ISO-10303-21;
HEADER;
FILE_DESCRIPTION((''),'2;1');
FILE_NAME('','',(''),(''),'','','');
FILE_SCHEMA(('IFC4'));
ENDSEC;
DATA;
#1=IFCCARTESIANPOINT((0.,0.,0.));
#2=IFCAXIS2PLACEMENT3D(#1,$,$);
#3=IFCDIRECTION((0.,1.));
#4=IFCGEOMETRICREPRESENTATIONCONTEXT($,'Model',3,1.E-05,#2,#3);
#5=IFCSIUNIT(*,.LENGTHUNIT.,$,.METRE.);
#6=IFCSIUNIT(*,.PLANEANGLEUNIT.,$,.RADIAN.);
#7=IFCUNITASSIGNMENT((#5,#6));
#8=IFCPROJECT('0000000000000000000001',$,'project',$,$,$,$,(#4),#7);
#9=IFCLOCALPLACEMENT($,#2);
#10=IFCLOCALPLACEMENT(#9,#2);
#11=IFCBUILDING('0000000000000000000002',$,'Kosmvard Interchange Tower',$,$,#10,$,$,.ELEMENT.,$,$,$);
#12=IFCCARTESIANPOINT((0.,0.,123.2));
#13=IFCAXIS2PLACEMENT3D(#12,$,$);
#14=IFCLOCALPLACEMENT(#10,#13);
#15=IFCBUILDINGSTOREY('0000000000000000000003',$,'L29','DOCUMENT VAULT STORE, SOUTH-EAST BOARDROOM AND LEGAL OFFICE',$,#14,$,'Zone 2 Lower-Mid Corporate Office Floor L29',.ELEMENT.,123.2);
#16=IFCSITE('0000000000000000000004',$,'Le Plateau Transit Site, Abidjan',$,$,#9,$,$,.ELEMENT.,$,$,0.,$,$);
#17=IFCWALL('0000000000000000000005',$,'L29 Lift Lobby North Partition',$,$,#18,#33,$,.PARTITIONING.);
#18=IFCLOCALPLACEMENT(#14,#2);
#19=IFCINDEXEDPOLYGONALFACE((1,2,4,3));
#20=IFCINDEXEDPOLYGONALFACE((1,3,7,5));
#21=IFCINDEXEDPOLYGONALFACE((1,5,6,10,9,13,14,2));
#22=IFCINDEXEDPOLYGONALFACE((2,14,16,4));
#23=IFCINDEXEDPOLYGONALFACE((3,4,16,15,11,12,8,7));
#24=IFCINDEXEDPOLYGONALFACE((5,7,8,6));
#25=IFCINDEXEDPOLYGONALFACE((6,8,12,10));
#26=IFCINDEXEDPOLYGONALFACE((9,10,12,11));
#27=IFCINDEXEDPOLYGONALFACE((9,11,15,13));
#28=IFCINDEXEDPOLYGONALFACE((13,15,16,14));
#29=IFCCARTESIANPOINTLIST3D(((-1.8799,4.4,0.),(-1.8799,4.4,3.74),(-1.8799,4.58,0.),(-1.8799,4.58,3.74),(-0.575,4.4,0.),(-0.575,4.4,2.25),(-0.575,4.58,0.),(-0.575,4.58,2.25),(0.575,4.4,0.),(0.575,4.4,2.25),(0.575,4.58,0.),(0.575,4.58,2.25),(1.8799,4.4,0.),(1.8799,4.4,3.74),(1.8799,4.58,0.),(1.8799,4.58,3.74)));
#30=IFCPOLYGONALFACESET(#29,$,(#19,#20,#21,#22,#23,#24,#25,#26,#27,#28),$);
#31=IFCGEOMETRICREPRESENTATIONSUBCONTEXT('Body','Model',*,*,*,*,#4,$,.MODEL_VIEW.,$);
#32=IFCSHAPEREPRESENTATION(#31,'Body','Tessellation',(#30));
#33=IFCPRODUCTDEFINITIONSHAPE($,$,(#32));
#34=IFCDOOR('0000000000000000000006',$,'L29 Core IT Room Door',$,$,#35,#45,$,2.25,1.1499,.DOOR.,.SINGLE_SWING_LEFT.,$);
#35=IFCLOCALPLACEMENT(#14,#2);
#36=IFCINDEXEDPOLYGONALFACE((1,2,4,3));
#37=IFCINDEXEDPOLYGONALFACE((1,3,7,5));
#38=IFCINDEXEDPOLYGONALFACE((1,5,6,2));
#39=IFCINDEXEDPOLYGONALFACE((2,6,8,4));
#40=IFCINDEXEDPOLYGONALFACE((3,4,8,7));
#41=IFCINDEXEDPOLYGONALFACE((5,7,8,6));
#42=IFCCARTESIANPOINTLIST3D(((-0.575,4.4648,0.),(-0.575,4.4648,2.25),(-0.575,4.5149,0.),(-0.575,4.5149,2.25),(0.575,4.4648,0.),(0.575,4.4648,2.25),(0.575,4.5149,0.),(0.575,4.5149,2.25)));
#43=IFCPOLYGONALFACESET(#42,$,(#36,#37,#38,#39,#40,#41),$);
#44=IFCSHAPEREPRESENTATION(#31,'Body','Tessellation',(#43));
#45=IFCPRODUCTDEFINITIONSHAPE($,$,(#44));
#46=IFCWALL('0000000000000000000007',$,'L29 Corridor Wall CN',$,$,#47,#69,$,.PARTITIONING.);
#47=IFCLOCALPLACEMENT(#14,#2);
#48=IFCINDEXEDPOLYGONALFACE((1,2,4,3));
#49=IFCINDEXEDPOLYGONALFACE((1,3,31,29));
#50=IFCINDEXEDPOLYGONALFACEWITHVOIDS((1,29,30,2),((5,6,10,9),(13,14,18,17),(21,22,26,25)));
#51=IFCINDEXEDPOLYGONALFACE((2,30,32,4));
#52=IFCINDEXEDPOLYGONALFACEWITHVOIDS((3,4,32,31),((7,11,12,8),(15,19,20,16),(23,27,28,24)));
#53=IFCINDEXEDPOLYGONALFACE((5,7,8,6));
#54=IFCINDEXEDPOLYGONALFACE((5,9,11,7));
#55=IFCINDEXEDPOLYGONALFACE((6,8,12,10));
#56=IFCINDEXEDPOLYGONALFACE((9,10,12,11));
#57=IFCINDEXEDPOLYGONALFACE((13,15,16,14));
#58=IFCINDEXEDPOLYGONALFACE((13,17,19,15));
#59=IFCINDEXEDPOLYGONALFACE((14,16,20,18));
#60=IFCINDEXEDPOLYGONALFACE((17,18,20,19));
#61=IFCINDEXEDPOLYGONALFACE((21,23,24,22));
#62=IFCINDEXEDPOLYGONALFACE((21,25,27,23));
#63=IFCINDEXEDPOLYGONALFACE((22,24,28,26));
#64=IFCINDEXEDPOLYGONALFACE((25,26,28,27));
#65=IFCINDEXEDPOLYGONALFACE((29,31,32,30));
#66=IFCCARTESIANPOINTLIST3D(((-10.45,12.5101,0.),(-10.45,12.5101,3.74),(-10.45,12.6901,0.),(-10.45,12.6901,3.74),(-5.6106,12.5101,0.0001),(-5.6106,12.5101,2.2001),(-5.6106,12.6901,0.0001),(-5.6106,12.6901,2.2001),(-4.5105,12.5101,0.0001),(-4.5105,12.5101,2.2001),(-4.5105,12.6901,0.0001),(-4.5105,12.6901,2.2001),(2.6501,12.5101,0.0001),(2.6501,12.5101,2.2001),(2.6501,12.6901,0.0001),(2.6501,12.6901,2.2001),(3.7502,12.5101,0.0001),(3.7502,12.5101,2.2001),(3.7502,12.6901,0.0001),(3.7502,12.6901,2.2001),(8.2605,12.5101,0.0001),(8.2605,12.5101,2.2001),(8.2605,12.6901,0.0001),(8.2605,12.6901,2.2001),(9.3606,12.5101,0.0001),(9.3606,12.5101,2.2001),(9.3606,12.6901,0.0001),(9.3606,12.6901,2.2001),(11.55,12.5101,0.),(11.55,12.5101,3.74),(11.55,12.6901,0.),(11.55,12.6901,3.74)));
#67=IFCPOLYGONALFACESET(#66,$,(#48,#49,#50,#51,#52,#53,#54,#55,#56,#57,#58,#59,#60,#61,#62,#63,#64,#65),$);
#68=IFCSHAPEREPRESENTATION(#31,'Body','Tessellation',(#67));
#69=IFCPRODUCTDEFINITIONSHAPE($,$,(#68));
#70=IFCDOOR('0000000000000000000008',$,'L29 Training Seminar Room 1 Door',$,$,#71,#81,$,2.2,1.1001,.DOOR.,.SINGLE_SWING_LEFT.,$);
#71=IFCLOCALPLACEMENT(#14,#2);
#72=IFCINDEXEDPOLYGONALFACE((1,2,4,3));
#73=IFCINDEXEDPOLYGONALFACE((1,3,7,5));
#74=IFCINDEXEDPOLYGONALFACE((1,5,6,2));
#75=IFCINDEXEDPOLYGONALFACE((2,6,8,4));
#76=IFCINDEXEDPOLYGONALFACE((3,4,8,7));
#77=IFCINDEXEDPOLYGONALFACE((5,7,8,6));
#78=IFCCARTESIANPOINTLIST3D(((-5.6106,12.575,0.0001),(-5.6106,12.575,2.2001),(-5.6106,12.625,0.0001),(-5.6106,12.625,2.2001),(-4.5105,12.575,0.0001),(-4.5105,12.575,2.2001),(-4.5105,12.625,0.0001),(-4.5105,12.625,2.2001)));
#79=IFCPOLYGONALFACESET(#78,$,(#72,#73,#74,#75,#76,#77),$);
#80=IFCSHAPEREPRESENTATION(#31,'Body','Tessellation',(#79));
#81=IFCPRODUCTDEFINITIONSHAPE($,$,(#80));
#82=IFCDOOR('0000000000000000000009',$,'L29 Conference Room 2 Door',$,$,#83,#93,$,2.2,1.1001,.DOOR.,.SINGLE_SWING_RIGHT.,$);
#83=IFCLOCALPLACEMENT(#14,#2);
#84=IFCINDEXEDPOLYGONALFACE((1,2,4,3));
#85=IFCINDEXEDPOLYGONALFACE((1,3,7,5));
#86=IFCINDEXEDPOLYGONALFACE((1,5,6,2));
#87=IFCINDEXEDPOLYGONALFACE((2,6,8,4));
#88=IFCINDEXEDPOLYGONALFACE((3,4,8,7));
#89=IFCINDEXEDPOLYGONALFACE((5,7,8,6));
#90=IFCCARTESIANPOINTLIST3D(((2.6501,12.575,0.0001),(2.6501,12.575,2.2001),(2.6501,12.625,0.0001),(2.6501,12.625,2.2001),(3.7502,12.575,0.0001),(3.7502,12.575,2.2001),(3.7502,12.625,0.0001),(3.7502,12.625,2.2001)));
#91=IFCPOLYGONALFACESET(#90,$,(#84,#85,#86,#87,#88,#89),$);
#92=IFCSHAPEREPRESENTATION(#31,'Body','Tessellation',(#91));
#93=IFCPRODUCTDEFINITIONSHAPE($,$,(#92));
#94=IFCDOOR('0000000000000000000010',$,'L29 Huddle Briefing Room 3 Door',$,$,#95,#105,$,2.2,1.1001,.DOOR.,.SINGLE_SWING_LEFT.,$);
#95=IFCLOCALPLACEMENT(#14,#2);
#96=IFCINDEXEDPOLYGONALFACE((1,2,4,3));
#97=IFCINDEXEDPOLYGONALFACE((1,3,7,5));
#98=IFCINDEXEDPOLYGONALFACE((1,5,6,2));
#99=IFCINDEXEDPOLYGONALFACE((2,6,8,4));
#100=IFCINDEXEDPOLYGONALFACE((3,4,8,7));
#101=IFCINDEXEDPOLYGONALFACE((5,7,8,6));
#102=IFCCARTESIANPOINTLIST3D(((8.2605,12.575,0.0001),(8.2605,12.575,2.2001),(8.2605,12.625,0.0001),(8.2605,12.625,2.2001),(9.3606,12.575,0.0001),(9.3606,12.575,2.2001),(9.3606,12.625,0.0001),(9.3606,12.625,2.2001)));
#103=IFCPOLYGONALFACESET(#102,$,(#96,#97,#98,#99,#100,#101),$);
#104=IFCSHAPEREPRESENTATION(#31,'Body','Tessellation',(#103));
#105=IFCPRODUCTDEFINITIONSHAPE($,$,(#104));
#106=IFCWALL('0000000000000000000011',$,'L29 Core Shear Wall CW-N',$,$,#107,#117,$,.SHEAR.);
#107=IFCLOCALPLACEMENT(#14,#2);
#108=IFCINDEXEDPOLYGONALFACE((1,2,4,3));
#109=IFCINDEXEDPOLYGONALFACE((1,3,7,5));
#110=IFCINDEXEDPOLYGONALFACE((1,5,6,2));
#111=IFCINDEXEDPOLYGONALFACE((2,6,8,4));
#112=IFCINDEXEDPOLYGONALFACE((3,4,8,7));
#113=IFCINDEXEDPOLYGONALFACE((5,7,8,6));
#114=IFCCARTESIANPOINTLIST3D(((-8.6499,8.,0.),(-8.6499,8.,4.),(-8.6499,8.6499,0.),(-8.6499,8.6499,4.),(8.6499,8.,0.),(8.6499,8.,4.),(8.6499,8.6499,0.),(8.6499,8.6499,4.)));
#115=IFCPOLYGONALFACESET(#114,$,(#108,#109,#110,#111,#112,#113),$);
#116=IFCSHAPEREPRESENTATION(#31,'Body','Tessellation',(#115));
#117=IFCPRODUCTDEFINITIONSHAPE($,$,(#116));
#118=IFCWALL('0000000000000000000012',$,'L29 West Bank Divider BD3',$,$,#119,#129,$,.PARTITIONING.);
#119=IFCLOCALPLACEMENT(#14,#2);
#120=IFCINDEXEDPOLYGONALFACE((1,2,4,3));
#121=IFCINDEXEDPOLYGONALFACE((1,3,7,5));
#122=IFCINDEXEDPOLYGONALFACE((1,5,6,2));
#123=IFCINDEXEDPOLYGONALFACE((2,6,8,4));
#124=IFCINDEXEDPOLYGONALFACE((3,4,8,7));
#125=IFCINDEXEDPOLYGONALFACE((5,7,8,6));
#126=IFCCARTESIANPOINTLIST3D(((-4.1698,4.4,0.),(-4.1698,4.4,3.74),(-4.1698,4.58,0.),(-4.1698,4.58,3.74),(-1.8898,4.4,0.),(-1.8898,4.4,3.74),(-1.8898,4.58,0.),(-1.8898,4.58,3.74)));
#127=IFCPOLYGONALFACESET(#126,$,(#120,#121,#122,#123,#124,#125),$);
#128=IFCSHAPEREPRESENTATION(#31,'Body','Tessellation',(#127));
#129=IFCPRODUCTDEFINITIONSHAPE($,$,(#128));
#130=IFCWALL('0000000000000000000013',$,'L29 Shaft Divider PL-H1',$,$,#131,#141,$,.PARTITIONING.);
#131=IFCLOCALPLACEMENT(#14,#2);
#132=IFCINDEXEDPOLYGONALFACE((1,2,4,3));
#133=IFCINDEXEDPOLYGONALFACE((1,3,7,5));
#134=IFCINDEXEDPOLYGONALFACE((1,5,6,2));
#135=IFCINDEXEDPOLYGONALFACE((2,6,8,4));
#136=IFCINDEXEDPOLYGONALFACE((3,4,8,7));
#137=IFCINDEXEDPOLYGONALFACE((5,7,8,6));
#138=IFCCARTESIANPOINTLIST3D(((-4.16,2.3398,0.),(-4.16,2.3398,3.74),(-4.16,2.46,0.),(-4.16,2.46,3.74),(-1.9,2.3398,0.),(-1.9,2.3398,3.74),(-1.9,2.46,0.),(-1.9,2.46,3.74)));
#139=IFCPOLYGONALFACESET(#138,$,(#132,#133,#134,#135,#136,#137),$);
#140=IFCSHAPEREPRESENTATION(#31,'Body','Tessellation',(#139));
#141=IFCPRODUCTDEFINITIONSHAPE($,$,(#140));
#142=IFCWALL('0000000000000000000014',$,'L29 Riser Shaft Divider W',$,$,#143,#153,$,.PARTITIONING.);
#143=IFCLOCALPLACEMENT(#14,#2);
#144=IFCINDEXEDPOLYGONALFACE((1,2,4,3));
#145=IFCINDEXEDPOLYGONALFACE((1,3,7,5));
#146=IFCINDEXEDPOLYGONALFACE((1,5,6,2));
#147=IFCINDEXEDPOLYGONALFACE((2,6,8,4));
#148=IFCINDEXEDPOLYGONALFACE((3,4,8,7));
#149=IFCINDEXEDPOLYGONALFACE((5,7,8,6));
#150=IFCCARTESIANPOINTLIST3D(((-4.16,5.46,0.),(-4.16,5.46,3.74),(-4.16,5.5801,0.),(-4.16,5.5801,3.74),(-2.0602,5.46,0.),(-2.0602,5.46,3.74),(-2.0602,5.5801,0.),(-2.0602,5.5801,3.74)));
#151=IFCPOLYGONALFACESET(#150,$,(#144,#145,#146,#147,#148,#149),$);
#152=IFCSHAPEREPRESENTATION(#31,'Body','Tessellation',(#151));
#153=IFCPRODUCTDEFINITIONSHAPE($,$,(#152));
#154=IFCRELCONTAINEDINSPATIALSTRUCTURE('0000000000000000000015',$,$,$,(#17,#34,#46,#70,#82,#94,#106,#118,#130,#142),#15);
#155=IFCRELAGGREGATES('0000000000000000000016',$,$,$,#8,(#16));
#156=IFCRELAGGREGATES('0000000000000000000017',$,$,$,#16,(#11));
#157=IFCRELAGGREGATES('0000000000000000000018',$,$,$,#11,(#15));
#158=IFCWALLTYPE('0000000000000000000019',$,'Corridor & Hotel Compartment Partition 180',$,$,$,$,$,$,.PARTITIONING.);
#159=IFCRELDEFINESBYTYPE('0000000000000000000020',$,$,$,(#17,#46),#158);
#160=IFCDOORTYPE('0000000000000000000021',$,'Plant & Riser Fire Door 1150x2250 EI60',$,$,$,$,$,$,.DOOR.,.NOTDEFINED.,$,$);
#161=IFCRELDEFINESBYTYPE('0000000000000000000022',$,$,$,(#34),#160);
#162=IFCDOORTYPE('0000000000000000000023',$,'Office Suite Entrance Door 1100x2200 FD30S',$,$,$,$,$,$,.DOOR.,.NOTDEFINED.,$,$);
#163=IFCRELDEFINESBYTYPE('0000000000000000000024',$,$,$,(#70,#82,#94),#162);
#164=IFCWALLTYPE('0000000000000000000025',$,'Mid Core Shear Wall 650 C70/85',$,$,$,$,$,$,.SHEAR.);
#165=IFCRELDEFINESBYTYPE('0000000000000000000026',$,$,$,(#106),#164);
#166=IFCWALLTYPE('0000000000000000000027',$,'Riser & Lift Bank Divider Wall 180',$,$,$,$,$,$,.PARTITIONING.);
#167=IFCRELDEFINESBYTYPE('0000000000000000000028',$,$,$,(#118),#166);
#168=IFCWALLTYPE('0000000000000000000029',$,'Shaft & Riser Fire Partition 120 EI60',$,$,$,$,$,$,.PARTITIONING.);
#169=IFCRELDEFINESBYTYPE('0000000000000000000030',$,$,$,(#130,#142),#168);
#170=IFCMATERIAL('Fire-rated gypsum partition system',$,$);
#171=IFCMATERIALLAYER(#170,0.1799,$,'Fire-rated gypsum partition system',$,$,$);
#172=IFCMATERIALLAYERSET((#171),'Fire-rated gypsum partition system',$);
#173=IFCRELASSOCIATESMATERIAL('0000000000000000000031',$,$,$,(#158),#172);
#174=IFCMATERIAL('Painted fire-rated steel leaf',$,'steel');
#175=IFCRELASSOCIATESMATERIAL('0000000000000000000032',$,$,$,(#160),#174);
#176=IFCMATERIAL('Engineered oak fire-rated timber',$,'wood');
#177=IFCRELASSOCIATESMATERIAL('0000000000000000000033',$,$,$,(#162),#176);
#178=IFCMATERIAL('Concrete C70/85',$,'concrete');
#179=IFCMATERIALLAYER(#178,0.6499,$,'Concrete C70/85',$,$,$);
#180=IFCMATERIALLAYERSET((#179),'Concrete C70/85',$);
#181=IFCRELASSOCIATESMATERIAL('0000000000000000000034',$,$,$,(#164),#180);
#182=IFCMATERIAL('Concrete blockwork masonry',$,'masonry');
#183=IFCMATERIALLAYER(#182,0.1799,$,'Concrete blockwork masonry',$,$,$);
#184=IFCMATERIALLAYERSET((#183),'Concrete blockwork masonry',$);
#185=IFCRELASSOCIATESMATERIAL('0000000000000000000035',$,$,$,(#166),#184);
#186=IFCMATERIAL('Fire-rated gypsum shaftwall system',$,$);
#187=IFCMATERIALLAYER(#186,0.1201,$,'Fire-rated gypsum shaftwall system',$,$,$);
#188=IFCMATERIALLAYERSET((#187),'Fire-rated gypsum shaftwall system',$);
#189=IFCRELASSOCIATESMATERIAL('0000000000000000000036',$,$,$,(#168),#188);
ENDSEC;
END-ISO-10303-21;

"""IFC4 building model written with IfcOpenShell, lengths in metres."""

from ifc_helpers import new_model, si_unit, direction, frame, frame_2d, origin, place, context, subcontext, project, spatial, rectangle, extrude, source, transform, mapped, material, layer, layer_set, type_object, element, fill, save


model = new_model("IFC4")

# Units and contexts
model_context = context("Model", 3, precision=1e-05, world=origin(), true_north=direction((0.0, 1.0)))
body_context = subcontext(model_context, "Body", "Model", "MODEL_VIEW")
ifc_project = project(units=[si_unit("LENGTHUNIT", "METRE"), si_unit("PLANEANGLEUNIT", "RADIAN")], contexts=[model_context])

# Site, building, storey
site_placement = place(None, origin())
site = spatial("IfcSite", under=ifc_project, at=site_placement, Name="Le Plateau Transit Site, Abidjan", CompositionType="ELEMENT", RefElevation=0.0)
building_placement = place(site_placement, origin())
building = spatial("IfcBuilding", under=site, at=building_placement, Name="Kosmvard Interchange Tower", CompositionType="ELEMENT")
storey_placement = place(building_placement, frame((0.0, 0.0, 123.2)))
storey = spatial("IfcBuildingStorey", under=building, at=storey_placement, Name="L29", Description="DOCUMENT VAULT STORE, SOUTH-EAST BOARDROOM AND LEGAL OFFICE", LongName="Zone 2 Lower-Mid Corporate Office Floor L29", CompositionType="ELEMENT", Elevation=123.2)

# Shared definitions
ifc_material_1 = material(Name="Fire-rated gypsum partition system")

# Wall, opening, door
ifc_layer_1 = layer(ifc_material_1, 0.1799, Name="Fire-rated gypsum partition system")
ifc_layer_set_1 = layer_set([ifc_layer_1], Name="Fire-rated gypsum partition system")
wall_type_1 = type_object("IfcWallType", Name="Corridor & Hotel Compartment Partition 180", PredefinedType="PARTITIONING", material=ifc_layer_set_1)
wall_1_placement = place(storey_placement, frame((-1.8799, 4.49, 0.0), z_axis=(0.0, 0.0, 1.0), x_axis=(1.0, 0.0, 0.0)))
wall_1 = element("IfcWall", 1, at=wall_1_placement, inside=storey, type_object=wall_type_1, Name="L29 Lift Lobby North Partition", PredefinedType="PARTITIONING", context=body_context, shape_type="SweptSolid", body=[
    extrude(rectangle(XDim=3.7598, YDim=0.1799, at=frame_2d((1.8799, 0.0))), origin(), (0.0, 0.0, 1.0), 3.74),
])
opening_1_placement = place(wall_1_placement, frame((1.3049, 0.0, 0.0)))
opening_1 = element("IfcOpeningElement", 2, at=opening_1_placement, cuts=wall_1, PredefinedType="OPENING", context=body_context, shape_type="SweptSolid", body=[
    extrude(rectangle(XDim=1.1499, YDim=2.25, at=frame_2d((0.575, 1.125))), frame((0.0, 0.1001, 0.0), z_axis=(0.0, -1.0, 0.0), x_axis=(1.0, 0.0, 0.0)), (0.0, 0.0, 1.0), 0.2),
])
ifc_material_2 = material(Name="Painted fire-rated steel leaf", Category="steel")
door_type_1 = type_object("IfcDoorType", Name="Plant & Riser Fire Door 1150x2250 EI60", OperationType="NOTDEFINED", PredefinedType="DOOR", material=ifc_material_2)
shared_shape_1 = source(origin(), body_context, "Body", "SweptSolid", [
    extrude(rectangle(XDim=1.1499, YDim=2.25, at=frame_2d((0.575, 1.125))), frame((0.0, 0.0249, 0.0), z_axis=(0.0, -1.0, 0.0), x_axis=(1.0, 0.0, 0.0)), (0.0, 0.0, 1.0), 0.05),
])
door_1_placement = place(opening_1_placement, origin())
door_1 = element("IfcDoor", 3, at=door_1_placement, inside=storey, type_object=door_type_1, Name="L29 Core IT Room Door", OperationType="SINGLE_SWING_LEFT", OverallHeight=2.25, OverallWidth=1.1499, PredefinedType="DOOR", context=body_context, shape_type="MappedRepresentation", body=[
    mapped(shared_shape_1, transform((0.0, 0.0, 0.0), scale=1.0)),
])
fill(opening_1, door_1)

# Wall, openings, doors
wall_2_placement = place(storey_placement, frame((-10.45, 12.6001, 0.0), z_axis=(0.0, 0.0, 1.0), x_axis=(1.0, 0.0, 0.0)))
wall_2 = element("IfcWall", 4, at=wall_2_placement, inside=storey, type_object=wall_type_1, Name="L29 Corridor Wall CN", PredefinedType="PARTITIONING", context=body_context, shape_type="SweptSolid", body=[
    extrude(rectangle(XDim=22.0, YDim=0.1799, at=frame_2d((11.0, 0.0))), origin(), (0.0, 0.0, 1.0), 3.74),
])
opening_2_placement = place(wall_2_placement, frame((4.8394, 0.0, 0.0)))
opening_2 = element("IfcOpeningElement", 5, at=opening_2_placement, cuts=wall_2, PredefinedType="OPENING", context=body_context, shape_type="SweptSolid", body=[
    extrude(rectangle(XDim=1.1001, YDim=2.2, at=frame_2d((0.55, 1.1001))), frame((0.0, 0.1001, 0.0), z_axis=(0.0, -1.0, 0.0), x_axis=(1.0, 0.0, 0.0)), (0.0, 0.0, 1.0), 0.2),
])
opening_3_placement = place(wall_2_placement, frame((13.1001, 0.0, 0.0)))
opening_3 = element("IfcOpeningElement", 6, at=opening_3_placement, cuts=wall_2, PredefinedType="OPENING", context=body_context, shape_type="SweptSolid", body=[
    extrude(rectangle(XDim=1.1001, YDim=2.2, at=frame_2d((0.55, 1.1001))), frame((0.0, 0.1001, 0.0), z_axis=(0.0, -1.0, 0.0), x_axis=(1.0, 0.0, 0.0)), (0.0, 0.0, 1.0), 0.2),
])
opening_4_placement = place(wall_2_placement, frame((18.7104, 0.0, 0.0)))
opening_4 = element("IfcOpeningElement", 7, at=opening_4_placement, cuts=wall_2, PredefinedType="OPENING", context=body_context, shape_type="SweptSolid", body=[
    extrude(rectangle(XDim=1.1001, YDim=2.2, at=frame_2d((0.55, 1.1001))), frame((0.0, 0.1001, 0.0), z_axis=(0.0, -1.0, 0.0), x_axis=(1.0, 0.0, 0.0)), (0.0, 0.0, 1.0), 0.2),
])
ifc_material_3 = material(Name="Engineered oak fire-rated timber", Category="wood")
door_type_2 = type_object("IfcDoorType", Name="Office Suite Entrance Door 1100x2200 FD30S", OperationType="NOTDEFINED", PredefinedType="DOOR", material=ifc_material_3)
shared_shape_2 = source(origin(), body_context, "Body", "SweptSolid", [
    extrude(rectangle(XDim=1.1001, YDim=2.2, at=frame_2d((0.55, 1.1001))), frame((0.0, 0.0249, 0.0), z_axis=(0.0, -1.0, 0.0), x_axis=(1.0, 0.0, 0.0)), (0.0, 0.0, 1.0), 0.05),
])
door_2_placement = place(opening_2_placement, origin())
door_2 = element("IfcDoor", 8, at=door_2_placement, inside=storey, type_object=door_type_2, Name="L29 Training Seminar Room 1 Door", OperationType="SINGLE_SWING_LEFT", OverallHeight=2.2, OverallWidth=1.1001, PredefinedType="DOOR", context=body_context, shape_type="MappedRepresentation", body=[
    mapped(shared_shape_2, transform((0.0, 0.0, 0.0), scale=1.0)),
])
fill(opening_2, door_2)
door_3_placement = place(opening_3_placement, origin())
door_3 = element("IfcDoor", 9, at=door_3_placement, inside=storey, type_object=door_type_2, Name="L29 Conference Room 2 Door", OperationType="SINGLE_SWING_RIGHT", OverallHeight=2.2, OverallWidth=1.1001, PredefinedType="DOOR", context=body_context, shape_type="MappedRepresentation", body=[
    mapped(shared_shape_2, transform((0.0, 0.0, 0.0), scale=1.0)),
])
fill(opening_3, door_3)
door_4_placement = place(opening_4_placement, origin())
door_4 = element("IfcDoor", 10, at=door_4_placement, inside=storey, type_object=door_type_2, Name="L29 Huddle Briefing Room 3 Door", OperationType="SINGLE_SWING_LEFT", OverallHeight=2.2, OverallWidth=1.1001, PredefinedType="DOOR", context=body_context, shape_type="MappedRepresentation", body=[
    mapped(shared_shape_2, transform((0.0, 0.0, 0.0), scale=1.0)),
])
fill(opening_4, door_4)

# Walls
ifc_material_4 = material(Name="Concrete C70/85", Category="concrete")
ifc_layer_2 = layer(ifc_material_4, 0.6499, Name="Concrete C70/85")
ifc_layer_set_2 = layer_set([ifc_layer_2], Name="Concrete C70/85")
wall_type_2 = type_object("IfcWallType", Name="Mid Core Shear Wall 650 C70/85", PredefinedType="SHEAR", material=ifc_layer_set_2)
wall_3_placement = place(storey_placement, frame((-8.6499, 8.325, 0.0), z_axis=(0.0, 0.0, 1.0), x_axis=(1.0, 0.0, 0.0)))
element("IfcWall", 11, at=wall_3_placement, inside=storey, type_object=wall_type_2, Name="L29 Core Shear Wall CW-N", PredefinedType="SHEAR", context=body_context, shape_type="SweptSolid", body=[
    extrude(rectangle(XDim=17.2998, YDim=0.6499, at=frame_2d((8.6499, 0.0))), origin(), (0.0, 0.0, 1.0), 4.0),
])
ifc_material_5 = material(Name="Concrete blockwork masonry", Category="masonry")
ifc_layer_3 = layer(ifc_material_5, 0.1799, Name="Concrete blockwork masonry")
ifc_layer_set_3 = layer_set([ifc_layer_3], Name="Concrete blockwork masonry")
wall_type_3 = type_object("IfcWallType", Name="Riser & Lift Bank Divider Wall 180", PredefinedType="PARTITIONING", material=ifc_layer_set_3)
wall_4_placement = place(storey_placement, frame((-4.1699, 4.49, 0.0), z_axis=(0.0, 0.0, 1.0), x_axis=(1.0, 0.0, 0.0)))
element("IfcWall", 12, at=wall_4_placement, inside=storey, type_object=wall_type_3, Name="L29 West Bank Divider BD3", PredefinedType="PARTITIONING", context=body_context, shape_type="SweptSolid", body=[
    extrude(rectangle(XDim=2.28, YDim=0.1799, at=frame_2d((1.1401, 0.0))), origin(), (0.0, 0.0, 1.0), 3.74),
])
ifc_material_6 = material(Name="Fire-rated gypsum shaftwall system")
ifc_layer_4 = layer(ifc_material_6, 0.1201, Name="Fire-rated gypsum shaftwall system")
ifc_layer_set_4 = layer_set([ifc_layer_4], Name="Fire-rated gypsum shaftwall system")
wall_type_4 = type_object("IfcWallType", Name="Shaft & Riser Fire Partition 120 EI60", PredefinedType="PARTITIONING", material=ifc_layer_set_4)
wall_5_placement = place(storey_placement, frame((-4.1599, 2.3999, 0.0), z_axis=(0.0, 0.0, 1.0), x_axis=(1.0, 0.0, 0.0)))
element("IfcWall", 13, at=wall_5_placement, inside=storey, type_object=wall_type_4, Name="L29 Shaft Divider PL-H1", PredefinedType="PARTITIONING", context=body_context, shape_type="SweptSolid", body=[
    extrude(rectangle(XDim=2.26, YDim=0.1201, at=frame_2d((1.1299, 0.0))), origin(), (0.0, 0.0, 1.0), 3.74),
])
wall_6_placement = place(storey_placement, frame((-4.1599, 5.52, 0.0), z_axis=(0.0, 0.0, 1.0), x_axis=(1.0, 0.0, 0.0)))
element("IfcWall", 14, at=wall_6_placement, inside=storey, type_object=wall_type_4, Name="L29 Riser Shaft Divider W", PredefinedType="PARTITIONING", context=body_context, shape_type="SweptSolid", body=[
    extrude(rectangle(XDim=2.0999, YDim=0.1201, at=frame_2d((1.0498, 0.0))), origin(), (0.0, 0.0, 1.0), 3.74),
])

save(model, "model.ifc")
